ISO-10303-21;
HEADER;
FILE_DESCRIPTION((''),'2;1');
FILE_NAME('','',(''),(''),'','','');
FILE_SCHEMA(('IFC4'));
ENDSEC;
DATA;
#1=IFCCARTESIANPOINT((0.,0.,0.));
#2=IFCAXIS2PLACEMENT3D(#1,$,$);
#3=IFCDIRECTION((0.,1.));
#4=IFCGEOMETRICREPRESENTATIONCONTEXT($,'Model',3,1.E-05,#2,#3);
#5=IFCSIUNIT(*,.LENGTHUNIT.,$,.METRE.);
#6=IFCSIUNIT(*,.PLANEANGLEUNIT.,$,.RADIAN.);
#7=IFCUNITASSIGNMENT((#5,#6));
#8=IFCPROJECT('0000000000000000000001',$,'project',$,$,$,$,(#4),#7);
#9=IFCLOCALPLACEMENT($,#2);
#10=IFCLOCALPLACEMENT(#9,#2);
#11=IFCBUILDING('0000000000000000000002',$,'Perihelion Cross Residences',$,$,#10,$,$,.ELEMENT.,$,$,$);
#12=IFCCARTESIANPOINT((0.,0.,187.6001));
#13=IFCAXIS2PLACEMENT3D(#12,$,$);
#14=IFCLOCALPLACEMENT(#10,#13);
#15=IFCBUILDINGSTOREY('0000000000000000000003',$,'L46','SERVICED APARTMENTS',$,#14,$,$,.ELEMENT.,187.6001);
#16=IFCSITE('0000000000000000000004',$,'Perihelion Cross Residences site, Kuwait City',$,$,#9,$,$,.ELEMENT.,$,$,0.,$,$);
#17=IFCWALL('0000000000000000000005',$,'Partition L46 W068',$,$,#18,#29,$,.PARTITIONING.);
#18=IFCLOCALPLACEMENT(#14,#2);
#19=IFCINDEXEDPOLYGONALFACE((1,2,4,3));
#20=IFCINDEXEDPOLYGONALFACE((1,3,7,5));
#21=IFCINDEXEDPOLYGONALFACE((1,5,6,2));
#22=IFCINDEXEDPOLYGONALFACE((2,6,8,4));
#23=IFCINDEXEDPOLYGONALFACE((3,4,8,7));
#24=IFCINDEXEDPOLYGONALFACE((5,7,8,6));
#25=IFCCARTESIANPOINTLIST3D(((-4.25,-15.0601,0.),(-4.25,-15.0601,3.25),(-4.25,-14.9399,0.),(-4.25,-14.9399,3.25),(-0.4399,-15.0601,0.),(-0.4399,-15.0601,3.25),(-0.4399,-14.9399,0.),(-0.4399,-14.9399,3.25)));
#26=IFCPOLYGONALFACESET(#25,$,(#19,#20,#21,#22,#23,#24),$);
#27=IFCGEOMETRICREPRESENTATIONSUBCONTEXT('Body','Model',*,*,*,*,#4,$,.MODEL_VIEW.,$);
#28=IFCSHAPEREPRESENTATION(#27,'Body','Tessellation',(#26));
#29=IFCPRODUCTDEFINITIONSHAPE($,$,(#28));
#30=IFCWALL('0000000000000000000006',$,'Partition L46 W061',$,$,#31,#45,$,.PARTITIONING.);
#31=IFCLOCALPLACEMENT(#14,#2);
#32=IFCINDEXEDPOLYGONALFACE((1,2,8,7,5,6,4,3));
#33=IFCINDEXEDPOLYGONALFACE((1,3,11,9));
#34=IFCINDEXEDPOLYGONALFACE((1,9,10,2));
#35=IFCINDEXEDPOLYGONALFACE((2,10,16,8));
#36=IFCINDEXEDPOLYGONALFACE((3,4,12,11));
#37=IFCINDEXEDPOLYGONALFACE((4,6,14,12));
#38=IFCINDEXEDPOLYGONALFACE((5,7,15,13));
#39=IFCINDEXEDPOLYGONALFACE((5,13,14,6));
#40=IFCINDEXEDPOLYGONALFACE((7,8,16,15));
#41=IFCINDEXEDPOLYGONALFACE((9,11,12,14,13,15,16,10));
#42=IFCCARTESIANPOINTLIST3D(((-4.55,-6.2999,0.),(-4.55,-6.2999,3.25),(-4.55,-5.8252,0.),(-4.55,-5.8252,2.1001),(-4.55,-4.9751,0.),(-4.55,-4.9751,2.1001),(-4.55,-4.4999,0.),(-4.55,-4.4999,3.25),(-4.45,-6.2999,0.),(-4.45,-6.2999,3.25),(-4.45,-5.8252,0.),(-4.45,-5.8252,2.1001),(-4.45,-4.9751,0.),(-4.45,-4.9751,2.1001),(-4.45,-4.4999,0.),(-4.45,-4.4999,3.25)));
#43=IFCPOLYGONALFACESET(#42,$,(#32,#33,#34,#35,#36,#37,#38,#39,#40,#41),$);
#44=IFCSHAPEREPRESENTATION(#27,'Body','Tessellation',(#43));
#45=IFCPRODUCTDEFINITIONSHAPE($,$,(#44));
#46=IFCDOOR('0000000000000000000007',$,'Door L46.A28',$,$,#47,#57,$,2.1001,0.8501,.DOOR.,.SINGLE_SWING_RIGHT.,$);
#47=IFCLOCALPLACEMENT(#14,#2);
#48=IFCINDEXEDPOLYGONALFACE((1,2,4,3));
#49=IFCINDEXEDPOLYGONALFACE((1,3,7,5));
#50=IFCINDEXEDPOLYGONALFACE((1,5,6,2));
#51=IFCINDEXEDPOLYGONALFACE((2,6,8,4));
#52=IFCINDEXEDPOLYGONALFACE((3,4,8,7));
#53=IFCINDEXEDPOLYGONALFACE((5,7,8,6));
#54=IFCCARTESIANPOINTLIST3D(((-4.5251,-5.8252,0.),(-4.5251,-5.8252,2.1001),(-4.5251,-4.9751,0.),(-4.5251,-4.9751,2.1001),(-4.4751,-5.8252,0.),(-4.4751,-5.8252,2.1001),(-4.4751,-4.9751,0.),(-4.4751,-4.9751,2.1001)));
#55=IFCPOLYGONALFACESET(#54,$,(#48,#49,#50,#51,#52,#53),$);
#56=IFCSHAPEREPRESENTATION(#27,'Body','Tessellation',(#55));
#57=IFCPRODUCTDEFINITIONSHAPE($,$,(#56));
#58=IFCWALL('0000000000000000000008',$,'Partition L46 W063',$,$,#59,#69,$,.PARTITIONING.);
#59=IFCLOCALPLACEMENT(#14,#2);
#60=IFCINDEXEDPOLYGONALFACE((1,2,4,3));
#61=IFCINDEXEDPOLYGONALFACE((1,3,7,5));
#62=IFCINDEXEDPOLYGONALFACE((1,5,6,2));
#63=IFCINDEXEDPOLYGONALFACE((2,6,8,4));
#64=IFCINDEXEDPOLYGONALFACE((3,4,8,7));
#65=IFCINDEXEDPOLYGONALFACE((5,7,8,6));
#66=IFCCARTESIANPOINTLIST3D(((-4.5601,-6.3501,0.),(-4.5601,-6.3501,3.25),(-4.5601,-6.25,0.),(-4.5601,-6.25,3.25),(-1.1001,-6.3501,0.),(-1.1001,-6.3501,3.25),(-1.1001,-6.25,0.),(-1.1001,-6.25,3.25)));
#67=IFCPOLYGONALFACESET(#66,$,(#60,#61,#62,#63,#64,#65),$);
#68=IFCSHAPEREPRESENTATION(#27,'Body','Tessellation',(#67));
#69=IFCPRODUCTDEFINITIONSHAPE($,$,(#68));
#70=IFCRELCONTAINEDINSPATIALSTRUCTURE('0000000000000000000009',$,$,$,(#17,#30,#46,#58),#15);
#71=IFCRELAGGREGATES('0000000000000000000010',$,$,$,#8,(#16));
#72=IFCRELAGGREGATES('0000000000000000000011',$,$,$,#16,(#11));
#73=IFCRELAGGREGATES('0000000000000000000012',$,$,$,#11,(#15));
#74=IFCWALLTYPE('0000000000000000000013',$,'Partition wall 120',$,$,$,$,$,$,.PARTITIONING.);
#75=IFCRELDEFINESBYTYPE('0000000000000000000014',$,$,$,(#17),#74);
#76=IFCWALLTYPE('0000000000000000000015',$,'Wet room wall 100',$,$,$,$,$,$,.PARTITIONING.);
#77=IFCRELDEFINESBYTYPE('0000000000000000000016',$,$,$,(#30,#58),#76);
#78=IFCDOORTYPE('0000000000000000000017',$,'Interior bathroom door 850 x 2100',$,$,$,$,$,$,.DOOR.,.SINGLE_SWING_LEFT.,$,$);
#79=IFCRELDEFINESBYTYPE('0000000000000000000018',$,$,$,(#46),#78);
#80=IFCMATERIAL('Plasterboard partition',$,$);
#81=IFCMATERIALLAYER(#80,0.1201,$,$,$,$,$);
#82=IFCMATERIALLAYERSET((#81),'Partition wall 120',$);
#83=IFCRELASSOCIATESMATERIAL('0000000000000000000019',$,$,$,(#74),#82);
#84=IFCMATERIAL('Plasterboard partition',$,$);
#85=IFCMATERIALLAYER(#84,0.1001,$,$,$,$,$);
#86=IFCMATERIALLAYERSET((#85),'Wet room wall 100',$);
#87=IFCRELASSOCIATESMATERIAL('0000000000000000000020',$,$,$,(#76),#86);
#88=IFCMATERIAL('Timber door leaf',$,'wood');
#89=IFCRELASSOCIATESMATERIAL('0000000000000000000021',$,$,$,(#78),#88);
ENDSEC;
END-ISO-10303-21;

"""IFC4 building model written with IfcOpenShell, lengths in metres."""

from ifc_helpers import new_model, si_unit, direction, frame, frame_2d, origin, place, context, subcontext, project, spatial, rectangle, extrude, material, layer, layer_set, type_object, element, fill, save


model = new_model("IFC4")

# Units and contexts
model_context = context("Model", 3, precision=1e-05, world=origin(), true_north=direction((0.0, 1.0)))
body_context = subcontext(model_context, "Body", "Model", "MODEL_VIEW")
ifc_project = project(units=[si_unit("LENGTHUNIT", "METRE"), si_unit("PLANEANGLEUNIT", "RADIAN")], contexts=[model_context])

# Site, building, storey
site_placement = place(None, origin())
site = spatial("IfcSite", under=ifc_project, at=site_placement, Name="Perihelion Cross Residences site, Kuwait City", CompositionType="ELEMENT", RefElevation=0.0)
building_placement = place(site_placement, origin())
building = spatial("IfcBuilding", under=site, at=building_placement, Name="Perihelion Cross Residences", CompositionType="ELEMENT")
storey_placement = place(building_placement, frame((0.0, 0.0, 187.6001)))
storey = spatial("IfcBuildingStorey", under=building, at=storey_placement, Name="L46", Description="SERVICED APARTMENTS", CompositionType="ELEMENT", Elevation=187.6001)

# Shared definitions
ifc_material_1 = material(Name="Plasterboard partition")
ifc_layer_1 = layer(ifc_material_1, 0.1201)
ifc_layer_set_1 = layer_set([ifc_layer_1], Name="Partition wall 120")
wall_type_1 = type_object("IfcWallType", Name="Partition wall 120", PredefinedType="PARTITIONING", material=ifc_layer_set_1)

# Wall
wall_1_placement = place(storey_placement, frame((-0.4399, -15.0, 0.0), z_axis=(0.0, 0.0, 1.0), x_axis=(-1.0, 0.0, 0.0)))
element("IfcWall", 1, at=wall_1_placement, inside=storey, type_object=wall_type_1, Name="Partition L46 W068", PredefinedType="PARTITIONING", context=body_context, shape_type="SweptSolid", body=[
    extrude(rectangle(XDim=3.8101, YDim=0.1201, at=frame_2d((1.905, 0.0))), origin(), (0.0, 0.0, 1.0), 3.25),
])

# Wall, opening, door
ifc_material_2 = material(Name="Plasterboard partition")
ifc_layer_2 = layer(ifc_material_2, 0.1001)
ifc_layer_set_2 = layer_set([ifc_layer_2], Name="Wet room wall 100")
wall_type_2 = type_object("IfcWallType", Name="Wet room wall 100", PredefinedType="PARTITIONING", material=ifc_layer_set_2)
wall_2_placement = place(storey_placement, frame((-4.5, -4.5, 0.0), z_axis=(0.0, 0.0, 1.0), x_axis=(0.0, -1.0, 0.0)))
wall_2 = element("IfcWall", 2, at=wall_2_placement, inside=storey, type_object=wall_type_2, Name="Partition L46 W061", PredefinedType="PARTITIONING", context=body_context, shape_type="SweptSolid", body=[
    extrude(rectangle(XDim=1.8, YDim=0.1001, at=frame_2d((0.8999, 0.0))), origin(), (0.0, 0.0, 1.0), 3.25),
])
opening_1_placement = place(wall_2_placement, frame((0.4751, 0.0, 0.0)))
opening_1 = element("IfcOpeningElement", 3, at=opening_1_placement, cuts=wall_2, PredefinedType="OPENING", context=body_context, shape_type="SweptSolid", body=[
    extrude(rectangle(XDim=0.8501, YDim=2.1001, at=frame_2d((0.425, 1.05))), frame((0.0, 0.0601, 0.0), z_axis=(0.0, -1.0, 0.0), x_axis=(1.0, 0.0, 0.0)), (0.0, 0.0, 1.0), 0.1201),
])
ifc_material_3 = material(Name="Timber door leaf", Category="wood")
door_type_1 = type_object("IfcDoorType", Name="Interior bathroom door 850 x 2100", OperationType="SINGLE_SWING_LEFT", PredefinedType="DOOR", material=ifc_material_3)
door_1_placement = place(opening_1_placement, origin())
door_1 = element("IfcDoor", 4, at=door_1_placement, inside=storey, type_object=door_type_1, Name="Door L46.A28", OperationType="SINGLE_SWING_RIGHT", OverallHeight=2.1001, OverallWidth=0.8501, PredefinedType="DOOR", context=body_context, shape_type="SweptSolid", body=[
    extrude(rectangle(XDim=0.8501, YDim=2.1001, at=frame_2d((0.425, 1.05))), frame((0.0, 0.0249, 0.0), z_axis=(0.0, -1.0, 0.0), x_axis=(1.0, 0.0, 0.0)), (0.0, 0.0, 1.0), 0.05),
])
fill(opening_1, door_1)

# Wall
wall_3_placement = place(storey_placement, frame((-1.1001, -6.3, 0.0), z_axis=(0.0, 0.0, 1.0), x_axis=(-1.0, 0.0, 0.0)))
element("IfcWall", 5, at=wall_3_placement, inside=storey, type_object=wall_type_2, Name="Partition L46 W063", PredefinedType="PARTITIONING", context=body_context, shape_type="SweptSolid", body=[
    extrude(rectangle(XDim=3.46, YDim=0.1001, at=frame_2d((1.73, 0.0))), origin(), (0.0, 0.0, 1.0), 3.25),
])

save(model, "model.ifc")
